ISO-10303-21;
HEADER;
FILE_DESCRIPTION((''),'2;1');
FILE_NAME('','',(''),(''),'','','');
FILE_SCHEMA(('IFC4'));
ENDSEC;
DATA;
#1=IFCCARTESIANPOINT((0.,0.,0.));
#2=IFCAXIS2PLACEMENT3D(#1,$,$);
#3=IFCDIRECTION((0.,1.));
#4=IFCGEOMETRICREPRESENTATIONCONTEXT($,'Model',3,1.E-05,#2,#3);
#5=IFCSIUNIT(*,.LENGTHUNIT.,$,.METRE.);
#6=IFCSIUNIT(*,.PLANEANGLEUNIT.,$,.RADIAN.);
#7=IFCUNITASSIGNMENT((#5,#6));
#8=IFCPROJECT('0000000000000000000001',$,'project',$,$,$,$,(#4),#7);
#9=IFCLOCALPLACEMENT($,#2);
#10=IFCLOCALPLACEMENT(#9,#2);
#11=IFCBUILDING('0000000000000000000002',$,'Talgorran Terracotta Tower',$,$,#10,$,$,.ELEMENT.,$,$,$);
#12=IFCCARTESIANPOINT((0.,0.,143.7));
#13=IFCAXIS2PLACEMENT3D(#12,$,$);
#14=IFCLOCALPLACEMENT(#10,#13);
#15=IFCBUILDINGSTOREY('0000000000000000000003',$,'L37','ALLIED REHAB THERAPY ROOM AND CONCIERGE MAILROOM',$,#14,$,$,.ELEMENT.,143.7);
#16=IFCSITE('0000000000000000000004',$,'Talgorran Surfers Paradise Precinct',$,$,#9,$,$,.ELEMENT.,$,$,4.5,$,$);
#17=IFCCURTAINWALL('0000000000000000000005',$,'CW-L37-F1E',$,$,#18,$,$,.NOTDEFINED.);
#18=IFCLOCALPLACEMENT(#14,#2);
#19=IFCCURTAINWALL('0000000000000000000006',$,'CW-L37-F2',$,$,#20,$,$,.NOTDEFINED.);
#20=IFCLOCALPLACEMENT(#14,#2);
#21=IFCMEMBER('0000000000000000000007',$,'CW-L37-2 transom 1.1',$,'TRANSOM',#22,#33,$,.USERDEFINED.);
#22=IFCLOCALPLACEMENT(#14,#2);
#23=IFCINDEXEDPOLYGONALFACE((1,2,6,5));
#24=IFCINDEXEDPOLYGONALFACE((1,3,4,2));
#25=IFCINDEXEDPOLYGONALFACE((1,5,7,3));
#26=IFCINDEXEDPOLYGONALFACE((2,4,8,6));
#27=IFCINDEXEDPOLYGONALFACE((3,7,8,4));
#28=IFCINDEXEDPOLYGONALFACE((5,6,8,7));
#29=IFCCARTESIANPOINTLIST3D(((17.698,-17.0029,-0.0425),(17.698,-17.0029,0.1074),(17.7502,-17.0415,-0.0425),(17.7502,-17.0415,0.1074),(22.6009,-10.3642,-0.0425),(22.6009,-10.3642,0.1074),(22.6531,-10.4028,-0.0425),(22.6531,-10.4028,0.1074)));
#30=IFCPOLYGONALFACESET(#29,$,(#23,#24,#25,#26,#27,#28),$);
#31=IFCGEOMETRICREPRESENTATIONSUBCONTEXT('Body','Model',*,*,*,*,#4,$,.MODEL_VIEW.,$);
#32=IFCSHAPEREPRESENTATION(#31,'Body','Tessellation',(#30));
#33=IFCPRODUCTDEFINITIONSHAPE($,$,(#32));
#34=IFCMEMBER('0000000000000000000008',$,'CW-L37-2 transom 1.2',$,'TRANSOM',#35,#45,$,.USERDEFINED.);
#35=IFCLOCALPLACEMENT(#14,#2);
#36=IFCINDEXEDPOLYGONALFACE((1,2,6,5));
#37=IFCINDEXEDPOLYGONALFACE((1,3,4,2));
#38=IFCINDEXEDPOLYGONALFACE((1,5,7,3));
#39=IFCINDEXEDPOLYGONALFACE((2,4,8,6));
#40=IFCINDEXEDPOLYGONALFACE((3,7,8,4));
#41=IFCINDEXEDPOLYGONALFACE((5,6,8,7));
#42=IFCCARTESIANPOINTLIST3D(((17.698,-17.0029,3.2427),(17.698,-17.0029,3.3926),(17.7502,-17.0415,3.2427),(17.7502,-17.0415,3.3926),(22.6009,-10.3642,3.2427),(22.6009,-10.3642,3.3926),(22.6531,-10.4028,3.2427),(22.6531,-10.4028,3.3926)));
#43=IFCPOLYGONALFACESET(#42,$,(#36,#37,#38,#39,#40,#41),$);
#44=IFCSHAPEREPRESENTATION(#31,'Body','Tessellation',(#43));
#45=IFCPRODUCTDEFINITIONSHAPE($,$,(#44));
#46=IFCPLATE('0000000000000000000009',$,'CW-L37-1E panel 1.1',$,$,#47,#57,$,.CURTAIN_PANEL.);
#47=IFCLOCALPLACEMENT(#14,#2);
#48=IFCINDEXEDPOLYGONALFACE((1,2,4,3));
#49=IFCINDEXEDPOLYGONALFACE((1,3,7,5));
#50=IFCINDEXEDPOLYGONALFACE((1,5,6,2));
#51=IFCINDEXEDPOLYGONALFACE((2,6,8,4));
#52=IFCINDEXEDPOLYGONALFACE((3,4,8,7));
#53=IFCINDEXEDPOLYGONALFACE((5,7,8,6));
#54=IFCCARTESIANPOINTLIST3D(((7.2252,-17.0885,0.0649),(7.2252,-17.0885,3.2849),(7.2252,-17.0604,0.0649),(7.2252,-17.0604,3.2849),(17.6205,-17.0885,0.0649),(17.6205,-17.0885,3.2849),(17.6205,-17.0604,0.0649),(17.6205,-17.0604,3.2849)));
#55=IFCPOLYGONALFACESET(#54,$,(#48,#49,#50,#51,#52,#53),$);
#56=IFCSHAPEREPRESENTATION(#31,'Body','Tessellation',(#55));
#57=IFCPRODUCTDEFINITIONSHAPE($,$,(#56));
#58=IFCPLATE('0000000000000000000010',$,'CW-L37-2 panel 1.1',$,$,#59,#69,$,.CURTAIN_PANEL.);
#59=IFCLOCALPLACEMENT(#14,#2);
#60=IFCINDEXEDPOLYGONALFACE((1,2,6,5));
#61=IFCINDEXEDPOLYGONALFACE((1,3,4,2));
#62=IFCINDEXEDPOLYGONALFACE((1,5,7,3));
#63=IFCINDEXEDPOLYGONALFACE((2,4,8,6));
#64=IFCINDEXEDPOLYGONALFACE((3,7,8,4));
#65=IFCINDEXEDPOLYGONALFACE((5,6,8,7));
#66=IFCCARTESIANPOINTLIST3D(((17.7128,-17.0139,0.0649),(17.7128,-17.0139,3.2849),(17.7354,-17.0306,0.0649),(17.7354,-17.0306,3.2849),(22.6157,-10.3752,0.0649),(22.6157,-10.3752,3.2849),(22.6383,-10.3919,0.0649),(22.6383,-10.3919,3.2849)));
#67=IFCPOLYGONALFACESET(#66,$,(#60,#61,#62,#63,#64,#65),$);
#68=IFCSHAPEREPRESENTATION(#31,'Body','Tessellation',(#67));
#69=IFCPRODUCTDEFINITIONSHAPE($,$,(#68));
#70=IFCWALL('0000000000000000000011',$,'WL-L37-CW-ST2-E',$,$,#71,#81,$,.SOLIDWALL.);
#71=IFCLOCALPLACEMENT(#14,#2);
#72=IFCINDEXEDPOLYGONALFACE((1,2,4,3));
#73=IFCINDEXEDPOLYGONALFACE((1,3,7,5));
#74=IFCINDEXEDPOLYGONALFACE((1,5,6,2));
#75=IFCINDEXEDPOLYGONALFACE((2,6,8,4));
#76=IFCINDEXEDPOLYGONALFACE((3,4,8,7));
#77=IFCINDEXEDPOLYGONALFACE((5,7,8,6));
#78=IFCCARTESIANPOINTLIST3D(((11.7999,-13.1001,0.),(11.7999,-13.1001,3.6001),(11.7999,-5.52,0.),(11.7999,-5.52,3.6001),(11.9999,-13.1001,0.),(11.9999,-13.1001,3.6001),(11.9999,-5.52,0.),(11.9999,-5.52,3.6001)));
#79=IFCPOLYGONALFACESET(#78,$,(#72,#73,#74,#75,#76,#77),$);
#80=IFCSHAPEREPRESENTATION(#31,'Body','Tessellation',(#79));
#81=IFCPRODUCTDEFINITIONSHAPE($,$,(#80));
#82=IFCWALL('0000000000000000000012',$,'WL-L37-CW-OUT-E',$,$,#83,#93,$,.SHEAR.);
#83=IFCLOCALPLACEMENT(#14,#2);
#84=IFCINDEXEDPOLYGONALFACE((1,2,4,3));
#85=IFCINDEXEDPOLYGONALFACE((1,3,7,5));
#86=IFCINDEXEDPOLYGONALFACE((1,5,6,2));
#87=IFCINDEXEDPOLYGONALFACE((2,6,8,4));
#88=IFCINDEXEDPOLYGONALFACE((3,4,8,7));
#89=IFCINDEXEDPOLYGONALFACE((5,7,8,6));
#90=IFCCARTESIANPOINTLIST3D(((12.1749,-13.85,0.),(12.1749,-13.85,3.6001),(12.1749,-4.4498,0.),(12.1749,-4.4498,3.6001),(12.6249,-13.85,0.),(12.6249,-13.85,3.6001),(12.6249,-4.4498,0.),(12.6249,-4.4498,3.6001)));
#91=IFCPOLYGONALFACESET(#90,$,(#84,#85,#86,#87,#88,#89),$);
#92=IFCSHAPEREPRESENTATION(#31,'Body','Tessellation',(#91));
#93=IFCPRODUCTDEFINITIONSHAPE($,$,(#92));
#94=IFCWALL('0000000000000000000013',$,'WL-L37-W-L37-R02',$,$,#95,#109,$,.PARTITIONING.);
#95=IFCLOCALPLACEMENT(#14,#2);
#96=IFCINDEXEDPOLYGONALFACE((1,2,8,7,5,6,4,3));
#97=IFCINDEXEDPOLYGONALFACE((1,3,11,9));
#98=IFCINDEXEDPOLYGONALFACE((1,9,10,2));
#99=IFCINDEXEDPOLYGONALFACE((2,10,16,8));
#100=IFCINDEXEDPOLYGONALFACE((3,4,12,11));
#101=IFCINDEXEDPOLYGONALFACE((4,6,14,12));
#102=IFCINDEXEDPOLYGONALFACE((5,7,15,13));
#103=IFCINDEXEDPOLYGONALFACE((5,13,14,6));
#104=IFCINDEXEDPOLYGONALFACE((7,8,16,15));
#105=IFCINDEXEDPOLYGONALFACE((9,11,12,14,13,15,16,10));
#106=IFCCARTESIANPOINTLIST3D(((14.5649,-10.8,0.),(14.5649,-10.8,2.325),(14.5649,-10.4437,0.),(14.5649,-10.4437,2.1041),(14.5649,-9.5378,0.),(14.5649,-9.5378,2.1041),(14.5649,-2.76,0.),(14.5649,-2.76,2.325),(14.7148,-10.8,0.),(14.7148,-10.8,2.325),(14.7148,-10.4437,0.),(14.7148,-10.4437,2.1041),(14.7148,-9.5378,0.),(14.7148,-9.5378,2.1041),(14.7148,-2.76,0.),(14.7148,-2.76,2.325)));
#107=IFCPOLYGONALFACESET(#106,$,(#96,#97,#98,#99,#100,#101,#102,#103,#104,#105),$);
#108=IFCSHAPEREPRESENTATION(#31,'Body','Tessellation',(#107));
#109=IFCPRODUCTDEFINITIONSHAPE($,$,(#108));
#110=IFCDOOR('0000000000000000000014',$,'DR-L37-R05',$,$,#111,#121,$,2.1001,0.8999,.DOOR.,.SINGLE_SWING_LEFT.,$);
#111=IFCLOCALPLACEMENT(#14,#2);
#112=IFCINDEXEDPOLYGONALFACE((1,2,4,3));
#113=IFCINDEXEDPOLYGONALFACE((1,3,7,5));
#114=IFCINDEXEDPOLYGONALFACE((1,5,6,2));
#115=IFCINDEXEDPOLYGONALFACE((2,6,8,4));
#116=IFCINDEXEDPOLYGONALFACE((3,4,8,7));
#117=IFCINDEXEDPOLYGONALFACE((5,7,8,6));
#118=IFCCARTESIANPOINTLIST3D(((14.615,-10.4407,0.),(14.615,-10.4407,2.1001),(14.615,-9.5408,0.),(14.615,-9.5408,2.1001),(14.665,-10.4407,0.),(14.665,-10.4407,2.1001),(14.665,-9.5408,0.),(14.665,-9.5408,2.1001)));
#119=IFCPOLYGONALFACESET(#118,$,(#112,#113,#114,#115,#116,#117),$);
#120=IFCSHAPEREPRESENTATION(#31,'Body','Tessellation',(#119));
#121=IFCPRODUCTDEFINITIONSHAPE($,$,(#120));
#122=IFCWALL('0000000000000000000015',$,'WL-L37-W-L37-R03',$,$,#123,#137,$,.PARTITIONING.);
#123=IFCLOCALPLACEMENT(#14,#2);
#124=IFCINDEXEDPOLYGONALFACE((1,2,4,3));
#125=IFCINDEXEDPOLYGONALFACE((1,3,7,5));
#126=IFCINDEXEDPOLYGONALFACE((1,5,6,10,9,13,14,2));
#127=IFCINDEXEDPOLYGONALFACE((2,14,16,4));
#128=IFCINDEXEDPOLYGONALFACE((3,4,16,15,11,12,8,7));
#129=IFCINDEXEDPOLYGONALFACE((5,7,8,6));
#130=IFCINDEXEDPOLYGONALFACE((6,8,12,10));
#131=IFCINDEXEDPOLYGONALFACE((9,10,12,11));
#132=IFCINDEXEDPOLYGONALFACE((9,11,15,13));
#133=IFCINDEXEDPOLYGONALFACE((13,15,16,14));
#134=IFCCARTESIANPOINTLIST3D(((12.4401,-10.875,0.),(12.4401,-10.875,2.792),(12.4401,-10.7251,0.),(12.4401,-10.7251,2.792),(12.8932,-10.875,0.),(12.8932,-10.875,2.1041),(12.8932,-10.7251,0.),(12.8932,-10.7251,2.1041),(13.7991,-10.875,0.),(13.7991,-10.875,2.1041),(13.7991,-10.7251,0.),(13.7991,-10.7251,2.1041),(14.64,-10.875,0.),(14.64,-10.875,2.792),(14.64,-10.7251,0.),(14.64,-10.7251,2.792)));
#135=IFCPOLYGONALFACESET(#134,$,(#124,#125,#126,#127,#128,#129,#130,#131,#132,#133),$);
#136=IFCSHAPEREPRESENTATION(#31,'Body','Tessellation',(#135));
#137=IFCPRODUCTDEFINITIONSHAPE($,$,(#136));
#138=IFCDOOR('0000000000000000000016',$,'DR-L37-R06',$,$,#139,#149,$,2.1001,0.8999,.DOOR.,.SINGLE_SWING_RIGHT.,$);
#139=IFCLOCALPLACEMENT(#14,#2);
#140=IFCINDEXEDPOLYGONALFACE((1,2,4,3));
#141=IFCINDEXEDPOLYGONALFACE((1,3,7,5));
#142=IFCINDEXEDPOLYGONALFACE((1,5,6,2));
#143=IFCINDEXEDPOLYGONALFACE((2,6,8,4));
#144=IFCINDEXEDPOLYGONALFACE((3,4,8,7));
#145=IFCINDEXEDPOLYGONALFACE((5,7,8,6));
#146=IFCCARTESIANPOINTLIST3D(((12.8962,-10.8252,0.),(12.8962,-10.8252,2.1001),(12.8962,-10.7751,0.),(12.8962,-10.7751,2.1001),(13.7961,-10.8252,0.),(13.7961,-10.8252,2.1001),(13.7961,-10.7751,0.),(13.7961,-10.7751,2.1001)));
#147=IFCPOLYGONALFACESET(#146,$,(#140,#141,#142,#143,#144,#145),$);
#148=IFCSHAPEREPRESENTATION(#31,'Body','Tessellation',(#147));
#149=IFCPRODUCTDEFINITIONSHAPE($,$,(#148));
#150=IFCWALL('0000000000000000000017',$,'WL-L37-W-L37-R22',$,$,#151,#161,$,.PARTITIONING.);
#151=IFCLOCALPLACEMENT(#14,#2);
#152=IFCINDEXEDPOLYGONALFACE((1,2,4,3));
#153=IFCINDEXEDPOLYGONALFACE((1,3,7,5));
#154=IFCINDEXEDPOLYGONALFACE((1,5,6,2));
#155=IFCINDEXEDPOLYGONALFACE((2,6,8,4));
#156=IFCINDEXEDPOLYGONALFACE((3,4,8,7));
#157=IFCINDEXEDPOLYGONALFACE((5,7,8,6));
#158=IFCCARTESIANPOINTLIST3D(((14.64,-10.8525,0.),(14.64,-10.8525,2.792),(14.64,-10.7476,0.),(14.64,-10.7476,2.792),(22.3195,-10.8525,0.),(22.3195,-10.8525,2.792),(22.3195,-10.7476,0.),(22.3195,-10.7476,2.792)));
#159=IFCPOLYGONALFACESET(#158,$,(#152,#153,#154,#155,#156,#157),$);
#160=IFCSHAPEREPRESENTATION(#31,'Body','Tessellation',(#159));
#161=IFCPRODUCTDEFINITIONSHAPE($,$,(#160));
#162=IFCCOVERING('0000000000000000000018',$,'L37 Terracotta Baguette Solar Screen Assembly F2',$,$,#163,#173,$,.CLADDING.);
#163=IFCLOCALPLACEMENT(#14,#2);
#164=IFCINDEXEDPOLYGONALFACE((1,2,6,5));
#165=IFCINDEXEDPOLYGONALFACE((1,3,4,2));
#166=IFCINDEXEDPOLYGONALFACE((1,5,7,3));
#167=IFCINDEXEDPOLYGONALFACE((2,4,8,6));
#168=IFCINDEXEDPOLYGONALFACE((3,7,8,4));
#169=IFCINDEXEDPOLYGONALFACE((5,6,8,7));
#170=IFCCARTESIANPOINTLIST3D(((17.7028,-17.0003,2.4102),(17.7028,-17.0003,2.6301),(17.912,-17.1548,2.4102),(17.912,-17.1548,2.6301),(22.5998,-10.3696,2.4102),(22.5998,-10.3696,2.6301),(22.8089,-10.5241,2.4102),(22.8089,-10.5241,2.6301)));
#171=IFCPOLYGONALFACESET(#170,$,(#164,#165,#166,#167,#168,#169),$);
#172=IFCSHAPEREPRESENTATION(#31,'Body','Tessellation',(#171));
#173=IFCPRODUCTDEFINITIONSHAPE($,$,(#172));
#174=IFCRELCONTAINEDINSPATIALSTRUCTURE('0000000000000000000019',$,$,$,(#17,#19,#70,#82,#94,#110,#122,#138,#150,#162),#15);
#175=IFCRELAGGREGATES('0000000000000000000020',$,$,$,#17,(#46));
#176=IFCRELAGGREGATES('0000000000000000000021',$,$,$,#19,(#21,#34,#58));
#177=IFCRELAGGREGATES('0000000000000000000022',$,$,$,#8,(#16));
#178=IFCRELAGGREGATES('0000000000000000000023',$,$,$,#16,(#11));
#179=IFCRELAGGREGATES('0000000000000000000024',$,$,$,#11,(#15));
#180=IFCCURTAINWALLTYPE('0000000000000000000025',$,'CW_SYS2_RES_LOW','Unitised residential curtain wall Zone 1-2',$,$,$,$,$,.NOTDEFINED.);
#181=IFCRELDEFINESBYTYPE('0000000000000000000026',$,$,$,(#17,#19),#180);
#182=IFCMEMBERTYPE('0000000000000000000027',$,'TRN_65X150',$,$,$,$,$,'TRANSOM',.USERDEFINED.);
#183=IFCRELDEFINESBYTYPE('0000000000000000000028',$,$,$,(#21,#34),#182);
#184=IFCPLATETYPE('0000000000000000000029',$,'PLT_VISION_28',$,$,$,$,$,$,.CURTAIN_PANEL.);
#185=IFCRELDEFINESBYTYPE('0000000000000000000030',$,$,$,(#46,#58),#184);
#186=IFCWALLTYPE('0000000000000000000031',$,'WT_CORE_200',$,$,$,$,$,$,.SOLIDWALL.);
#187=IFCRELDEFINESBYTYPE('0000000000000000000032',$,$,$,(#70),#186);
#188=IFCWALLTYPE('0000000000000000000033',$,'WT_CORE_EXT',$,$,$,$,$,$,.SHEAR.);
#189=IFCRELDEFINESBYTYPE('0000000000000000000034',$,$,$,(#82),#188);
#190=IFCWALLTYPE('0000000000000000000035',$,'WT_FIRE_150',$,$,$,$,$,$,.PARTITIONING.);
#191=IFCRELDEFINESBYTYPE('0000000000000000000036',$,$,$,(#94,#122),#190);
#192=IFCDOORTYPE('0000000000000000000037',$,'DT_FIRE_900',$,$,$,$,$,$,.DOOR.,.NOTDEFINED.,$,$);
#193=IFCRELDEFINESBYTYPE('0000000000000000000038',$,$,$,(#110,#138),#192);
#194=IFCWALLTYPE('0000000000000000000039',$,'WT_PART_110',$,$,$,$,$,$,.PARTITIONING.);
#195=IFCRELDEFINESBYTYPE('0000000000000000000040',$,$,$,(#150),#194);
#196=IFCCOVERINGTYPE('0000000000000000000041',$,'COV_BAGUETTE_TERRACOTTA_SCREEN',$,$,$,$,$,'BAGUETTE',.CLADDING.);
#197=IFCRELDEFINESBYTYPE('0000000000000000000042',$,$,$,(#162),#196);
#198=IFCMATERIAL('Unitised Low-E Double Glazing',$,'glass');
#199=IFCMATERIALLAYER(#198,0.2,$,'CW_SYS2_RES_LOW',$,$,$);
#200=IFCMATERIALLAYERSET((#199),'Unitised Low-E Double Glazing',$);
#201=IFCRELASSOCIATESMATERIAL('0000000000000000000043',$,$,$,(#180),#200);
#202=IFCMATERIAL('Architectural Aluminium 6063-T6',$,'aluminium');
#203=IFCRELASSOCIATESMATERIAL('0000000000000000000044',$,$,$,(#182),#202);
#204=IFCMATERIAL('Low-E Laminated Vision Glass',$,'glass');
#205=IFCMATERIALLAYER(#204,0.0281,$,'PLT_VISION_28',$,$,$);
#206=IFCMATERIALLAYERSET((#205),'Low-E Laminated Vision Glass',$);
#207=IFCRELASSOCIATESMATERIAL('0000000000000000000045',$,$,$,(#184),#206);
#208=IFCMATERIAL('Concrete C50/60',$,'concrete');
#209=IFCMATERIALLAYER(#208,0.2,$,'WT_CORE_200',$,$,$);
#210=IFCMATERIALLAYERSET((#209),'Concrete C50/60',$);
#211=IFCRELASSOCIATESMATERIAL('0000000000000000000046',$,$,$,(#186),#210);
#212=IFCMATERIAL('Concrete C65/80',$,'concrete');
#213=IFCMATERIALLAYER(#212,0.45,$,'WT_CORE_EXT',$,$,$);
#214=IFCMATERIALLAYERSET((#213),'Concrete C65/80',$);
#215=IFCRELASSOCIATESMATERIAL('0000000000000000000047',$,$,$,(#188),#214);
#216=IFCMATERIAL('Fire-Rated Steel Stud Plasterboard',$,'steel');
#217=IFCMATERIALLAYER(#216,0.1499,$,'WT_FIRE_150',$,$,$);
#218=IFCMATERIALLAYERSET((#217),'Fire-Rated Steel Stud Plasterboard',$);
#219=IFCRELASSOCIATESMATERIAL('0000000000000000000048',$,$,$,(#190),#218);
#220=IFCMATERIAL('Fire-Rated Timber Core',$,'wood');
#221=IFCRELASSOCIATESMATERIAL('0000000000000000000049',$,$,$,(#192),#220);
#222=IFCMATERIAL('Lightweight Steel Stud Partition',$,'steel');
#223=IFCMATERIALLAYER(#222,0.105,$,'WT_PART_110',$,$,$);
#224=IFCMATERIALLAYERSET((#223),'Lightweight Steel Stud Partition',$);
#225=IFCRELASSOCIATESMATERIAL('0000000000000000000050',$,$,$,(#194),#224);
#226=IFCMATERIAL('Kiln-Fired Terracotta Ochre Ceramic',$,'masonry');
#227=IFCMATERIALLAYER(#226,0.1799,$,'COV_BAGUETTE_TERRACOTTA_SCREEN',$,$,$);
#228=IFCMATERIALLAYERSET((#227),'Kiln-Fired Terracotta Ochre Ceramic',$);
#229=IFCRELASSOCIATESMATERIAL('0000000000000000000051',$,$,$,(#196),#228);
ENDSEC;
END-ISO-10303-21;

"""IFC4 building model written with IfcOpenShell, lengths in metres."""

from ifc_helpers import new_model, si_unit, direction, frame, frame_2d, origin, origin_2d, place, context, subcontext, project, spatial, rectangle, extrude, source, transform, mapped, material, layer, layer_set, material_profile, profile_set, type_object, type_shapes, element, fill, aggregate, save


model = new_model("IFC4")

# Units and contexts
model_context = context("Model", 3, precision=1e-05, world=origin(), true_north=direction((0.0, 1.0)))
body_context = subcontext(model_context, "Body", "Model", "MODEL_VIEW")
ifc_project = project(units=[si_unit("LENGTHUNIT", "METRE"), si_unit("PLANEANGLEUNIT", "RADIAN")], contexts=[model_context])

# Site, building, storey
site_placement = place(None, origin())
site = spatial("IfcSite", under=ifc_project, at=site_placement, Name="Talgorran Surfers Paradise Precinct", CompositionType="ELEMENT", RefElevation=4.5)
building_placement = place(site_placement, origin())
building = spatial("IfcBuilding", under=site, at=building_placement, Name="Talgorran Terracotta Tower", CompositionType="ELEMENT")
storey_placement = place(building_placement, frame((0.0, 0.0, 143.7)))
storey = spatial("IfcBuildingStorey", under=building, at=storey_placement, Name="L37", Description="ALLIED REHAB THERAPY ROOM AND CONCIERGE MAILROOM", CompositionType="ELEMENT", Elevation=143.7)

# Curtain wall
ifc_material_1 = material(Name="Unitised Low-E Double Glazing", Category="glass")
ifc_layer_1 = layer(ifc_material_1, 0.2, Name="CW_SYS2_RES_LOW")
ifc_layer_set_1 = layer_set([ifc_layer_1], Name="Unitised Low-E Double Glazing")
curtain_wall_type = type_object("IfcCurtainWallType", Name="CW_SYS2_RES_LOW", Description="Unitised residential curtain wall Zone 1-2", PredefinedType="NOTDEFINED", material=ifc_layer_set_1)
curtain_wall_1_placement = place(storey_placement, origin())
curtain_wall_1 = element("IfcCurtainWall", 1, at=curtain_wall_1_placement, inside=storey, type_object=curtain_wall_type, Name="CW-L37-F1E", PredefinedType="NOTDEFINED")
ifc_material_2 = material(Name="Architectural Aluminium 6063-T6", Category="aluminium")

# Curtain wall
curtain_wall_2_placement = place(storey_placement, origin())
curtain_wall_2 = element("IfcCurtainWall", 2, at=curtain_wall_2_placement, inside=storey, type_object=curtain_wall_type, Name="CW-L37-F2", PredefinedType="NOTDEFINED")

# Members
ifc_material_profile_1 = material_profile(ifc_material_2, rectangle(XDim=0.0649, YDim=0.1499, at=origin_2d()), Name="CWT65X150")
ifc_profile_set_1 = profile_set([ifc_material_profile_1], Name="Architectural Aluminium 6063-T6")
member_type_1 = type_object("IfcMemberType", Name="TRN_65X150", ElementType="TRANSOM", PredefinedType="USERDEFINED", material=ifc_profile_set_1)
member_1_placement = place(storey_placement, frame((17.7241, -17.0222, 0.0325), z_axis=(0.594077, 0.804408, 0.0), x_axis=(-0.804408, 0.594077, 0.0)))
member_1 = element("IfcMember", 3, at=member_1_placement, type_object=member_type_1, Name="CW-L37-2 transom 1.1", ObjectType="TRANSOM", PredefinedType="USERDEFINED", context=body_context, shape_type="SweptSolid", body=[
    extrude(rectangle(XDim=0.0649, YDim=0.1499, at=origin_2d()), origin(), (0.0, 0.0, 1.0), 8.2529),
])
member_2_placement = place(storey_placement, frame((17.7241, -17.0222, 3.3176), z_axis=(0.594077, 0.804408, 0.0), x_axis=(-0.804408, 0.594077, 0.0)))
member_2 = element("IfcMember", 4, at=member_2_placement, type_object=member_type_1, Name="CW-L37-2 transom 1.2", ObjectType="TRANSOM", PredefinedType="USERDEFINED", context=body_context, shape_type="SweptSolid", body=[
    extrude(rectangle(XDim=0.0649, YDim=0.1499, at=origin_2d()), origin(), (0.0, 0.0, 1.0), 8.2529),
])

# Plates
ifc_material_3 = material(Name="Low-E Laminated Vision Glass", Category="glass")
ifc_layer_2 = layer(ifc_material_3, 0.0281, Name="PLT_VISION_28")
ifc_layer_set_2 = layer_set([ifc_layer_2], Name="Low-E Laminated Vision Glass")
plate_type = type_object("IfcPlateType", Name="PLT_VISION_28", PredefinedType="CURTAIN_PANEL", material=ifc_layer_set_2)
shared_shape_1 = source(origin(), body_context, "Body", "SweptSolid", [
    extrude(rectangle(XDim=10.3953, YDim=0.0281, at=origin_2d()), origin(), (0.0, 0.0, 1.0), 3.22),
])
plate_1_placement = place(storey_placement, frame((12.4229, -17.0745, 0.0649), z_axis=(0.0, 0.0, 1.0), x_axis=(1.0, 0.0, 0.0)))
plate_1 = element("IfcPlate", 5, at=plate_1_placement, type_object=plate_type, Name="CW-L37-1E panel 1.1", PredefinedType="CURTAIN_PANEL", context=body_context, shape_type="MappedRepresentation", body=[
    mapped(shared_shape_1, transform((0.0, 0.0, 0.0), scale=1.0)),
])
aggregate(curtain_wall_1, [plate_1])
shared_shape_2 = source(origin(), body_context, "Body", "SweptSolid", [
    extrude(rectangle(XDim=8.2529, YDim=0.0281, at=origin_2d()), origin(), (0.0, 0.0, 1.0), 3.22),
])
type_shapes(plate_type, [shared_shape_1, shared_shape_2])
plate_2_placement = place(storey_placement, frame((20.1755, -13.7029, 0.0649), z_axis=(0.0, 0.0, 1.0), x_axis=(0.594082, 0.804404, 0.0)))
plate_2 = element("IfcPlate", 6, at=plate_2_placement, type_object=plate_type, Name="CW-L37-2 panel 1.1", PredefinedType="CURTAIN_PANEL", context=body_context, shape_type="MappedRepresentation", body=[
    mapped(shared_shape_2, transform((0.0, 0.0, 0.0), scale=1.0)),
])
aggregate(curtain_wall_2, [member_1, member_2, plate_2])

# Walls
ifc_material_4 = material(Name="Concrete C50/60", Category="concrete")
ifc_layer_3 = layer(ifc_material_4, 0.2, Name="WT_CORE_200")
ifc_layer_set_3 = layer_set([ifc_layer_3], Name="Concrete C50/60")
wall_type_1 = type_object("IfcWallType", Name="WT_CORE_200", PredefinedType="SOLIDWALL", material=ifc_layer_set_3)
wall_1_placement = place(storey_placement, frame((11.8999, -13.1001, 0.0), z_axis=(0.0, 0.0, 1.0), x_axis=(0.0, 1.0, 0.0)))
element("IfcWall", 7, at=wall_1_placement, inside=storey, type_object=wall_type_1, Name="WL-L37-CW-ST2-E", PredefinedType="SOLIDWALL", context=body_context, shape_type="SweptSolid", body=[
    extrude(rectangle(XDim=7.5801, YDim=0.2, at=frame_2d((3.79, 0.0))), origin(), (0.0, 0.0, 1.0), 3.6001),
])
ifc_material_5 = material(Name="Concrete C65/80", Category="concrete")
ifc_layer_4 = layer(ifc_material_5, 0.45, Name="WT_CORE_EXT")
ifc_layer_set_4 = layer_set([ifc_layer_4], Name="Concrete C65/80")
wall_type_2 = type_object("IfcWallType", Name="WT_CORE_EXT", PredefinedType="SHEAR", material=ifc_layer_set_4)
wall_2_placement = place(storey_placement, frame((12.3999, -13.8501, 0.0), z_axis=(0.0, 0.0, 1.0), x_axis=(0.0, 1.0, 0.0)))
element("IfcWall", 8, at=wall_2_placement, inside=storey, type_object=wall_type_2, Name="WL-L37-CW-OUT-E", PredefinedType="SHEAR", context=body_context, shape_type="SweptSolid", body=[
    extrude(rectangle(XDim=9.4001, YDim=0.45, at=frame_2d((4.7002, 0.0))), origin(), (0.0, 0.0, 1.0), 3.6001),
])

# Walls, openings, doors
ifc_material_6 = material(Name="Fire-Rated Steel Stud Plasterboard", Category="steel")
ifc_layer_5 = layer(ifc_material_6, 0.1499, Name="WT_FIRE_150")
ifc_layer_set_5 = layer_set([ifc_layer_5], Name="Fire-Rated Steel Stud Plasterboard")
wall_type_3 = type_object("IfcWallType", Name="WT_FIRE_150", PredefinedType="PARTITIONING", material=ifc_layer_set_5)
wall_3_placement = place(storey_placement, frame((14.6399, -10.8, 0.0), z_axis=(0.0, 0.0, 1.0), x_axis=(0.0, 1.0, 0.0)))
wall_3 = element("IfcWall", 9, at=wall_3_placement, inside=storey, type_object=wall_type_3, Name="WL-L37-W-L37-R02", PredefinedType="PARTITIONING", context=body_context, shape_type="SweptSolid", body=[
    extrude(rectangle(XDim=8.04, YDim=0.1499, at=frame_2d((4.02, 0.0))), origin(), (0.0, 0.0, 1.0), 2.325),
])
opening_1_placement = place(wall_3_placement, frame((0.3594, 0.0, 0.0)))
opening_1 = element("IfcOpeningElement", 10, at=opening_1_placement, cuts=wall_3, PredefinedType="OPENING", context=body_context, shape_type="SweptSolid", body=[
    extrude(rectangle(XDim=0.9059, YDim=2.1041, at=frame_2d((0.45, 1.052))), frame((0.0, 0.085, 0.0), z_axis=(0.0, -1.0, 0.0), x_axis=(1.0, 0.0, 0.0)), (0.0, 0.0, 1.0), 0.1699),
])
ifc_material_7 = material(Name="Fire-Rated Timber Core", Category="wood")
door_type = type_object("IfcDoorType", Name="DT_FIRE_900", OperationType="NOTDEFINED", PredefinedType="DOOR", material=ifc_material_7)
door_1_placement = place(opening_1_placement, origin())
door_1 = element("IfcDoor", 11, at=door_1_placement, inside=storey, type_object=door_type, Name="DR-L37-R05", OperationType="SINGLE_SWING_LEFT", OverallHeight=2.1001, OverallWidth=0.8999, PredefinedType="DOOR", context=body_context, shape_type="SweptSolid", body=[
    extrude(rectangle(XDim=0.8999, YDim=2.1001, at=frame_2d((0.45, 1.05))), frame((0.0, 0.0249, 0.0), z_axis=(0.0, -1.0, 0.0), x_axis=(1.0, 0.0, 0.0)), (0.0, 0.0, 1.0), 0.05),
])
fill(opening_1, door_1)
wall_4_placement = place(storey_placement, frame((12.4399, -10.8, 0.0), z_axis=(0.0, 0.0, 1.0), x_axis=(1.0, 0.0, 0.0)))
wall_4 = element("IfcWall", 12, at=wall_4_placement, inside=storey, type_object=wall_type_3, Name="WL-L37-W-L37-R03", PredefinedType="PARTITIONING", context=body_context, shape_type="SweptSolid", body=[
    extrude(rectangle(XDim=2.2, YDim=0.1499, at=frame_2d((1.1001, 0.0))), origin(), (0.0, 0.0, 1.0), 2.792),
])
opening_2_placement = place(wall_4_placement, frame((0.4563, 0.0, 0.0)))
opening_2 = element("IfcOpeningElement", 13, at=opening_2_placement, cuts=wall_4, PredefinedType="OPENING", context=body_context, shape_type="SweptSolid", body=[
    extrude(rectangle(XDim=0.9059, YDim=2.1041, at=frame_2d((0.45, 1.052))), frame((0.0, 0.085, 0.0), z_axis=(0.0, -1.0, 0.0), x_axis=(1.0, 0.0, 0.0)), (0.0, 0.0, 1.0), 0.1699),
])
door_2_placement = place(opening_2_placement, origin())
door_2 = element("IfcDoor", 14, at=door_2_placement, inside=storey, type_object=door_type, Name="DR-L37-R06", OperationType="SINGLE_SWING_RIGHT", OverallHeight=2.1001, OverallWidth=0.8999, PredefinedType="DOOR", context=body_context, shape_type="SweptSolid", body=[
    extrude(rectangle(XDim=0.8999, YDim=2.1001, at=frame_2d((0.45, 1.05))), frame((0.0, 0.0249, 0.0), z_axis=(0.0, -1.0, 0.0), x_axis=(1.0, 0.0, 0.0)), (0.0, 0.0, 1.0), 0.05),
])
fill(opening_2, door_2)

# Wall
ifc_material_8 = material(Name="Lightweight Steel Stud Partition", Category="steel")
ifc_layer_6 = layer(ifc_material_8, 0.105, Name="WT_PART_110")
ifc_layer_set_6 = layer_set([ifc_layer_6], Name="Lightweight Steel Stud Partition")
wall_type_4 = type_object("IfcWallType", Name="WT_PART_110", PredefinedType="PARTITIONING", material=ifc_layer_set_6)
wall_5_placement = place(storey_placement, frame((14.6399, -10.8, 0.0), z_axis=(0.0, 0.0, 1.0), x_axis=(1.0, 0.0, 0.0)))
element("IfcWall", 15, at=wall_5_placement, inside=storey, type_object=wall_type_4, Name="WL-L37-W-L37-R22", PredefinedType="PARTITIONING", context=body_context, shape_type="SweptSolid", body=[
    extrude(rectangle(XDim=7.6794, YDim=0.105, at=frame_2d((3.8398, 0.0))), origin(), (0.0, 0.0, 1.0), 2.792),
])

# Covering
ifc_material_9 = material(Name="Kiln-Fired Terracotta Ochre Ceramic", Category="masonry")
ifc_layer_7 = layer(ifc_material_9, 0.1799, Name="COV_BAGUETTE_TERRACOTTA_SCREEN")
ifc_layer_set_7 = layer_set([ifc_layer_7], Name="Kiln-Fired Terracotta Ochre Ceramic")
covering_type_1 = type_object("IfcCoveringType", Name="COV_BAGUETTE_TERRACOTTA_SCREEN", ElementType="BAGUETTE", PredefinedType="CLADDING", material=ifc_layer_set_7)
covering_1_placement = place(storey_placement, frame((20.2559, -13.7622, 2.4102), z_axis=(0.0, 0.0, 1.0), x_axis=(0.594079, 0.804407, 0.0)))
element("IfcCovering", 16, at=covering_1_placement, inside=storey, type_object=covering_type_1, Name="L37 Terracotta Baguette Solar Screen Assembly F2", PredefinedType="CLADDING", context=body_context, shape_type="SweptSolid", body=[
    extrude(rectangle(XDim=8.2429, YDim=0.26, at=origin_2d()), origin(), (0.0, 0.0, 1.0), 0.22),
])

save(model, "model.ifc")
